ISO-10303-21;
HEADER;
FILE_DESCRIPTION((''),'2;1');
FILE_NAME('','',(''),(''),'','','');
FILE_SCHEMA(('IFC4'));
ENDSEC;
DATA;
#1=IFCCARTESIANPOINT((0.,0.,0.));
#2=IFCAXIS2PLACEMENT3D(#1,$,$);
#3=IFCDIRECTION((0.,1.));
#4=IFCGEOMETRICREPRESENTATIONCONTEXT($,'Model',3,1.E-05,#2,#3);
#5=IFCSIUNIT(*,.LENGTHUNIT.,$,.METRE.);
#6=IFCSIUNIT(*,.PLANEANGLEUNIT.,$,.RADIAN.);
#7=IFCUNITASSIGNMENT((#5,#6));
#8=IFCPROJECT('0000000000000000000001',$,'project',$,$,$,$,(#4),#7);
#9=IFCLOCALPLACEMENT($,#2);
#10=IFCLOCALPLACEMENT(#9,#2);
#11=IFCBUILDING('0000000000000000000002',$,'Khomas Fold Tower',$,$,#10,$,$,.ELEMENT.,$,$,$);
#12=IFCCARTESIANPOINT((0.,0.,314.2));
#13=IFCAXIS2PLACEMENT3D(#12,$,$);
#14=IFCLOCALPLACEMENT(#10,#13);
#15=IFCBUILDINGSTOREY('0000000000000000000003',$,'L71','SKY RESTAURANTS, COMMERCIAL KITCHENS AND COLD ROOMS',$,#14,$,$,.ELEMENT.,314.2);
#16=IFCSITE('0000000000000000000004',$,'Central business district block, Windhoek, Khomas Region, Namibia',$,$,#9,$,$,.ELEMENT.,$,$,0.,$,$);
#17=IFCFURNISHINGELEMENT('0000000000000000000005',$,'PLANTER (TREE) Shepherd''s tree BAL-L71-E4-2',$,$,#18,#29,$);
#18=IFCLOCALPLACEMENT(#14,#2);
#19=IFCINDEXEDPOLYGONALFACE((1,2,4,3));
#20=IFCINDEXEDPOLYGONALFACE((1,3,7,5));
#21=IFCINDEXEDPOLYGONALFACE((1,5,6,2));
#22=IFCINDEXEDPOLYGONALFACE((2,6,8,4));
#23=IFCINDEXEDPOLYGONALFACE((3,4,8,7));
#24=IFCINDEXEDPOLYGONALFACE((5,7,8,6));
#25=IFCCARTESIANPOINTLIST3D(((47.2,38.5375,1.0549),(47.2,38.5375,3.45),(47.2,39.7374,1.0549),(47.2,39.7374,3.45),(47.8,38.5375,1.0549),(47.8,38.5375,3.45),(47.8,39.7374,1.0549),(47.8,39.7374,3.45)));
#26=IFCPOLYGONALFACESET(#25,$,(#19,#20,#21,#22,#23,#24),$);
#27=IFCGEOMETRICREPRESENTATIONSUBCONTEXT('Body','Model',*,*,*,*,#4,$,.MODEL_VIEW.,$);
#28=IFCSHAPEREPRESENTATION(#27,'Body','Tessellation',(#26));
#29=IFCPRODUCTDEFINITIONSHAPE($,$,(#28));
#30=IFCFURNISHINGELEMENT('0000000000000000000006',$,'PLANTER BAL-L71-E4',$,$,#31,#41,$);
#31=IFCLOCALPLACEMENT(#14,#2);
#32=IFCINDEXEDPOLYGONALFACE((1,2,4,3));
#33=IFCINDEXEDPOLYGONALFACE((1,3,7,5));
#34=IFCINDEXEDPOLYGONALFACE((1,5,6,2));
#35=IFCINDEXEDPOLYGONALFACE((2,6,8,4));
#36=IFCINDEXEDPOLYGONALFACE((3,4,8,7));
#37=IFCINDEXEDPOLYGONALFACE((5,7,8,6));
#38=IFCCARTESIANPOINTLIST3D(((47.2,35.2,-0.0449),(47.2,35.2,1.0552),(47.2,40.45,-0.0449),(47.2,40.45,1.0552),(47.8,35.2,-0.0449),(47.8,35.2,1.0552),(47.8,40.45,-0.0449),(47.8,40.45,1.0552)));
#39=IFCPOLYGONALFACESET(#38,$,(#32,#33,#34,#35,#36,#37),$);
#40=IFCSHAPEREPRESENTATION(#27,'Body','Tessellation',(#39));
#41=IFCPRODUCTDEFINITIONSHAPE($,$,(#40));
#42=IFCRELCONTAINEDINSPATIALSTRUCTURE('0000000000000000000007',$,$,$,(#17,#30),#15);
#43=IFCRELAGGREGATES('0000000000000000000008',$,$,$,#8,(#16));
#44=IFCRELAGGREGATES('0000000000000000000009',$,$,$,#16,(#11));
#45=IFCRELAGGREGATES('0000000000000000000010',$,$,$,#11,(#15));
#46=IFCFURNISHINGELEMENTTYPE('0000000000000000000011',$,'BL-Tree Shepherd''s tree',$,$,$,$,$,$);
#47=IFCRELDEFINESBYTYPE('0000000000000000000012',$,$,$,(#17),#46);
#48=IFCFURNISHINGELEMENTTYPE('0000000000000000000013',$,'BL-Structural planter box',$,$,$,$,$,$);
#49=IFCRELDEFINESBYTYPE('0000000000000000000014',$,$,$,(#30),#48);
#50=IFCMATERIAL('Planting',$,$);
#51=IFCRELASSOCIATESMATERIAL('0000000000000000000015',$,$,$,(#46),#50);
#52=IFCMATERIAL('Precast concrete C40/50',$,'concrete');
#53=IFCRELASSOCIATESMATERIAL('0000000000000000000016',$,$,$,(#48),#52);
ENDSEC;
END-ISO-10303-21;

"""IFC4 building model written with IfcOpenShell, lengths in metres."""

from ifc_helpers import new_model, si_unit, direction, frame, origin, origin_2d, place, context, subcontext, project, spatial, rectangle, extrude, source, transform, mapped, material, type_object, element, save


model = new_model("IFC4")

# Units and contexts
model_context = context("Model", 3, precision=1e-05, world=origin(), true_north=direction((0.0, 1.0)))
body_context = subcontext(model_context, "Body", "Model", "MODEL_VIEW")
ifc_project = project(units=[si_unit("LENGTHUNIT", "METRE"), si_unit("PLANEANGLEUNIT", "RADIAN")], contexts=[model_context])

# Site, building, storey
site_placement = place(None, origin())
site = spatial("IfcSite", under=ifc_project, at=site_placement, Name="Central business district block, Windhoek, Khomas Region, Namibia", CompositionType="ELEMENT", RefElevation=0.0)
building_placement = place(site_placement, origin())
building = spatial("IfcBuilding", under=site, at=building_placement, Name="Khomas Fold Tower", CompositionType="ELEMENT")
storey_placement = place(building_placement, frame((0.0, 0.0, 314.2)))
storey = spatial("IfcBuildingStorey", under=building, at=storey_placement, Name="L71", Description="SKY RESTAURANTS, COMMERCIAL KITCHENS AND COLD ROOMS", CompositionType="ELEMENT", Elevation=314.2)

# Furnishing elements
shared_shape_1 = source(origin(), body_context, "Body", "SweptSolid", [
    extrude(rectangle(XDim=1.2, YDim=0.6001, at=origin_2d()), origin(), (0.0, 0.0, 1.0), 2.395),
])
ifc_material_1 = material(Name="Planting")
furnishing_element_type_1 = type_object("IfcFurnishingElementType", Name="BL-Tree Shepherd's tree", material=ifc_material_1)
furnishing_1_placement = place(storey_placement, frame((47.5, 39.1375, 1.0549), z_axis=(0.0, 0.0, 1.0), x_axis=(0.0, 1.0, 0.0)))
element("IfcFurnishingElement", 1, at=furnishing_1_placement, inside=storey, type_object=furnishing_element_type_1, Name="PLANTER (TREE) Shepherd's tree BAL-L71-E4-2", context=body_context, shape_type="MappedRepresentation", body=[
    mapped(shared_shape_1, transform((0.0, 0.0, 0.0))),
])
ifc_material_2 = material(Name="Precast concrete C40/50", Category="concrete")
furnishing_element_type_2 = type_object("IfcFurnishingElementType", Name="BL-Structural planter box", material=ifc_material_2)
shared_shape_2 = source(origin(), body_context, "Body", "SweptSolid", [
    extrude(rectangle(XDim=5.25, YDim=0.6001, at=origin_2d()), origin(), (0.0, 0.0, 1.0), 1.1001),
])
furnishing_2_placement = place(storey_placement, frame((47.5, 37.825, -0.0449), z_axis=(0.0, 0.0, 1.0), x_axis=(0.0, 1.0, 0.0)))
element("IfcFurnishingElement", 2, at=furnishing_2_placement, inside=storey, type_object=furnishing_element_type_2, Name="PLANTER BAL-L71-E4", context=body_context, shape_type="MappedRepresentation", body=[
    mapped(shared_shape_2, transform((0.0, 0.0, 0.0))),
])

save(model, "model.ifc")
